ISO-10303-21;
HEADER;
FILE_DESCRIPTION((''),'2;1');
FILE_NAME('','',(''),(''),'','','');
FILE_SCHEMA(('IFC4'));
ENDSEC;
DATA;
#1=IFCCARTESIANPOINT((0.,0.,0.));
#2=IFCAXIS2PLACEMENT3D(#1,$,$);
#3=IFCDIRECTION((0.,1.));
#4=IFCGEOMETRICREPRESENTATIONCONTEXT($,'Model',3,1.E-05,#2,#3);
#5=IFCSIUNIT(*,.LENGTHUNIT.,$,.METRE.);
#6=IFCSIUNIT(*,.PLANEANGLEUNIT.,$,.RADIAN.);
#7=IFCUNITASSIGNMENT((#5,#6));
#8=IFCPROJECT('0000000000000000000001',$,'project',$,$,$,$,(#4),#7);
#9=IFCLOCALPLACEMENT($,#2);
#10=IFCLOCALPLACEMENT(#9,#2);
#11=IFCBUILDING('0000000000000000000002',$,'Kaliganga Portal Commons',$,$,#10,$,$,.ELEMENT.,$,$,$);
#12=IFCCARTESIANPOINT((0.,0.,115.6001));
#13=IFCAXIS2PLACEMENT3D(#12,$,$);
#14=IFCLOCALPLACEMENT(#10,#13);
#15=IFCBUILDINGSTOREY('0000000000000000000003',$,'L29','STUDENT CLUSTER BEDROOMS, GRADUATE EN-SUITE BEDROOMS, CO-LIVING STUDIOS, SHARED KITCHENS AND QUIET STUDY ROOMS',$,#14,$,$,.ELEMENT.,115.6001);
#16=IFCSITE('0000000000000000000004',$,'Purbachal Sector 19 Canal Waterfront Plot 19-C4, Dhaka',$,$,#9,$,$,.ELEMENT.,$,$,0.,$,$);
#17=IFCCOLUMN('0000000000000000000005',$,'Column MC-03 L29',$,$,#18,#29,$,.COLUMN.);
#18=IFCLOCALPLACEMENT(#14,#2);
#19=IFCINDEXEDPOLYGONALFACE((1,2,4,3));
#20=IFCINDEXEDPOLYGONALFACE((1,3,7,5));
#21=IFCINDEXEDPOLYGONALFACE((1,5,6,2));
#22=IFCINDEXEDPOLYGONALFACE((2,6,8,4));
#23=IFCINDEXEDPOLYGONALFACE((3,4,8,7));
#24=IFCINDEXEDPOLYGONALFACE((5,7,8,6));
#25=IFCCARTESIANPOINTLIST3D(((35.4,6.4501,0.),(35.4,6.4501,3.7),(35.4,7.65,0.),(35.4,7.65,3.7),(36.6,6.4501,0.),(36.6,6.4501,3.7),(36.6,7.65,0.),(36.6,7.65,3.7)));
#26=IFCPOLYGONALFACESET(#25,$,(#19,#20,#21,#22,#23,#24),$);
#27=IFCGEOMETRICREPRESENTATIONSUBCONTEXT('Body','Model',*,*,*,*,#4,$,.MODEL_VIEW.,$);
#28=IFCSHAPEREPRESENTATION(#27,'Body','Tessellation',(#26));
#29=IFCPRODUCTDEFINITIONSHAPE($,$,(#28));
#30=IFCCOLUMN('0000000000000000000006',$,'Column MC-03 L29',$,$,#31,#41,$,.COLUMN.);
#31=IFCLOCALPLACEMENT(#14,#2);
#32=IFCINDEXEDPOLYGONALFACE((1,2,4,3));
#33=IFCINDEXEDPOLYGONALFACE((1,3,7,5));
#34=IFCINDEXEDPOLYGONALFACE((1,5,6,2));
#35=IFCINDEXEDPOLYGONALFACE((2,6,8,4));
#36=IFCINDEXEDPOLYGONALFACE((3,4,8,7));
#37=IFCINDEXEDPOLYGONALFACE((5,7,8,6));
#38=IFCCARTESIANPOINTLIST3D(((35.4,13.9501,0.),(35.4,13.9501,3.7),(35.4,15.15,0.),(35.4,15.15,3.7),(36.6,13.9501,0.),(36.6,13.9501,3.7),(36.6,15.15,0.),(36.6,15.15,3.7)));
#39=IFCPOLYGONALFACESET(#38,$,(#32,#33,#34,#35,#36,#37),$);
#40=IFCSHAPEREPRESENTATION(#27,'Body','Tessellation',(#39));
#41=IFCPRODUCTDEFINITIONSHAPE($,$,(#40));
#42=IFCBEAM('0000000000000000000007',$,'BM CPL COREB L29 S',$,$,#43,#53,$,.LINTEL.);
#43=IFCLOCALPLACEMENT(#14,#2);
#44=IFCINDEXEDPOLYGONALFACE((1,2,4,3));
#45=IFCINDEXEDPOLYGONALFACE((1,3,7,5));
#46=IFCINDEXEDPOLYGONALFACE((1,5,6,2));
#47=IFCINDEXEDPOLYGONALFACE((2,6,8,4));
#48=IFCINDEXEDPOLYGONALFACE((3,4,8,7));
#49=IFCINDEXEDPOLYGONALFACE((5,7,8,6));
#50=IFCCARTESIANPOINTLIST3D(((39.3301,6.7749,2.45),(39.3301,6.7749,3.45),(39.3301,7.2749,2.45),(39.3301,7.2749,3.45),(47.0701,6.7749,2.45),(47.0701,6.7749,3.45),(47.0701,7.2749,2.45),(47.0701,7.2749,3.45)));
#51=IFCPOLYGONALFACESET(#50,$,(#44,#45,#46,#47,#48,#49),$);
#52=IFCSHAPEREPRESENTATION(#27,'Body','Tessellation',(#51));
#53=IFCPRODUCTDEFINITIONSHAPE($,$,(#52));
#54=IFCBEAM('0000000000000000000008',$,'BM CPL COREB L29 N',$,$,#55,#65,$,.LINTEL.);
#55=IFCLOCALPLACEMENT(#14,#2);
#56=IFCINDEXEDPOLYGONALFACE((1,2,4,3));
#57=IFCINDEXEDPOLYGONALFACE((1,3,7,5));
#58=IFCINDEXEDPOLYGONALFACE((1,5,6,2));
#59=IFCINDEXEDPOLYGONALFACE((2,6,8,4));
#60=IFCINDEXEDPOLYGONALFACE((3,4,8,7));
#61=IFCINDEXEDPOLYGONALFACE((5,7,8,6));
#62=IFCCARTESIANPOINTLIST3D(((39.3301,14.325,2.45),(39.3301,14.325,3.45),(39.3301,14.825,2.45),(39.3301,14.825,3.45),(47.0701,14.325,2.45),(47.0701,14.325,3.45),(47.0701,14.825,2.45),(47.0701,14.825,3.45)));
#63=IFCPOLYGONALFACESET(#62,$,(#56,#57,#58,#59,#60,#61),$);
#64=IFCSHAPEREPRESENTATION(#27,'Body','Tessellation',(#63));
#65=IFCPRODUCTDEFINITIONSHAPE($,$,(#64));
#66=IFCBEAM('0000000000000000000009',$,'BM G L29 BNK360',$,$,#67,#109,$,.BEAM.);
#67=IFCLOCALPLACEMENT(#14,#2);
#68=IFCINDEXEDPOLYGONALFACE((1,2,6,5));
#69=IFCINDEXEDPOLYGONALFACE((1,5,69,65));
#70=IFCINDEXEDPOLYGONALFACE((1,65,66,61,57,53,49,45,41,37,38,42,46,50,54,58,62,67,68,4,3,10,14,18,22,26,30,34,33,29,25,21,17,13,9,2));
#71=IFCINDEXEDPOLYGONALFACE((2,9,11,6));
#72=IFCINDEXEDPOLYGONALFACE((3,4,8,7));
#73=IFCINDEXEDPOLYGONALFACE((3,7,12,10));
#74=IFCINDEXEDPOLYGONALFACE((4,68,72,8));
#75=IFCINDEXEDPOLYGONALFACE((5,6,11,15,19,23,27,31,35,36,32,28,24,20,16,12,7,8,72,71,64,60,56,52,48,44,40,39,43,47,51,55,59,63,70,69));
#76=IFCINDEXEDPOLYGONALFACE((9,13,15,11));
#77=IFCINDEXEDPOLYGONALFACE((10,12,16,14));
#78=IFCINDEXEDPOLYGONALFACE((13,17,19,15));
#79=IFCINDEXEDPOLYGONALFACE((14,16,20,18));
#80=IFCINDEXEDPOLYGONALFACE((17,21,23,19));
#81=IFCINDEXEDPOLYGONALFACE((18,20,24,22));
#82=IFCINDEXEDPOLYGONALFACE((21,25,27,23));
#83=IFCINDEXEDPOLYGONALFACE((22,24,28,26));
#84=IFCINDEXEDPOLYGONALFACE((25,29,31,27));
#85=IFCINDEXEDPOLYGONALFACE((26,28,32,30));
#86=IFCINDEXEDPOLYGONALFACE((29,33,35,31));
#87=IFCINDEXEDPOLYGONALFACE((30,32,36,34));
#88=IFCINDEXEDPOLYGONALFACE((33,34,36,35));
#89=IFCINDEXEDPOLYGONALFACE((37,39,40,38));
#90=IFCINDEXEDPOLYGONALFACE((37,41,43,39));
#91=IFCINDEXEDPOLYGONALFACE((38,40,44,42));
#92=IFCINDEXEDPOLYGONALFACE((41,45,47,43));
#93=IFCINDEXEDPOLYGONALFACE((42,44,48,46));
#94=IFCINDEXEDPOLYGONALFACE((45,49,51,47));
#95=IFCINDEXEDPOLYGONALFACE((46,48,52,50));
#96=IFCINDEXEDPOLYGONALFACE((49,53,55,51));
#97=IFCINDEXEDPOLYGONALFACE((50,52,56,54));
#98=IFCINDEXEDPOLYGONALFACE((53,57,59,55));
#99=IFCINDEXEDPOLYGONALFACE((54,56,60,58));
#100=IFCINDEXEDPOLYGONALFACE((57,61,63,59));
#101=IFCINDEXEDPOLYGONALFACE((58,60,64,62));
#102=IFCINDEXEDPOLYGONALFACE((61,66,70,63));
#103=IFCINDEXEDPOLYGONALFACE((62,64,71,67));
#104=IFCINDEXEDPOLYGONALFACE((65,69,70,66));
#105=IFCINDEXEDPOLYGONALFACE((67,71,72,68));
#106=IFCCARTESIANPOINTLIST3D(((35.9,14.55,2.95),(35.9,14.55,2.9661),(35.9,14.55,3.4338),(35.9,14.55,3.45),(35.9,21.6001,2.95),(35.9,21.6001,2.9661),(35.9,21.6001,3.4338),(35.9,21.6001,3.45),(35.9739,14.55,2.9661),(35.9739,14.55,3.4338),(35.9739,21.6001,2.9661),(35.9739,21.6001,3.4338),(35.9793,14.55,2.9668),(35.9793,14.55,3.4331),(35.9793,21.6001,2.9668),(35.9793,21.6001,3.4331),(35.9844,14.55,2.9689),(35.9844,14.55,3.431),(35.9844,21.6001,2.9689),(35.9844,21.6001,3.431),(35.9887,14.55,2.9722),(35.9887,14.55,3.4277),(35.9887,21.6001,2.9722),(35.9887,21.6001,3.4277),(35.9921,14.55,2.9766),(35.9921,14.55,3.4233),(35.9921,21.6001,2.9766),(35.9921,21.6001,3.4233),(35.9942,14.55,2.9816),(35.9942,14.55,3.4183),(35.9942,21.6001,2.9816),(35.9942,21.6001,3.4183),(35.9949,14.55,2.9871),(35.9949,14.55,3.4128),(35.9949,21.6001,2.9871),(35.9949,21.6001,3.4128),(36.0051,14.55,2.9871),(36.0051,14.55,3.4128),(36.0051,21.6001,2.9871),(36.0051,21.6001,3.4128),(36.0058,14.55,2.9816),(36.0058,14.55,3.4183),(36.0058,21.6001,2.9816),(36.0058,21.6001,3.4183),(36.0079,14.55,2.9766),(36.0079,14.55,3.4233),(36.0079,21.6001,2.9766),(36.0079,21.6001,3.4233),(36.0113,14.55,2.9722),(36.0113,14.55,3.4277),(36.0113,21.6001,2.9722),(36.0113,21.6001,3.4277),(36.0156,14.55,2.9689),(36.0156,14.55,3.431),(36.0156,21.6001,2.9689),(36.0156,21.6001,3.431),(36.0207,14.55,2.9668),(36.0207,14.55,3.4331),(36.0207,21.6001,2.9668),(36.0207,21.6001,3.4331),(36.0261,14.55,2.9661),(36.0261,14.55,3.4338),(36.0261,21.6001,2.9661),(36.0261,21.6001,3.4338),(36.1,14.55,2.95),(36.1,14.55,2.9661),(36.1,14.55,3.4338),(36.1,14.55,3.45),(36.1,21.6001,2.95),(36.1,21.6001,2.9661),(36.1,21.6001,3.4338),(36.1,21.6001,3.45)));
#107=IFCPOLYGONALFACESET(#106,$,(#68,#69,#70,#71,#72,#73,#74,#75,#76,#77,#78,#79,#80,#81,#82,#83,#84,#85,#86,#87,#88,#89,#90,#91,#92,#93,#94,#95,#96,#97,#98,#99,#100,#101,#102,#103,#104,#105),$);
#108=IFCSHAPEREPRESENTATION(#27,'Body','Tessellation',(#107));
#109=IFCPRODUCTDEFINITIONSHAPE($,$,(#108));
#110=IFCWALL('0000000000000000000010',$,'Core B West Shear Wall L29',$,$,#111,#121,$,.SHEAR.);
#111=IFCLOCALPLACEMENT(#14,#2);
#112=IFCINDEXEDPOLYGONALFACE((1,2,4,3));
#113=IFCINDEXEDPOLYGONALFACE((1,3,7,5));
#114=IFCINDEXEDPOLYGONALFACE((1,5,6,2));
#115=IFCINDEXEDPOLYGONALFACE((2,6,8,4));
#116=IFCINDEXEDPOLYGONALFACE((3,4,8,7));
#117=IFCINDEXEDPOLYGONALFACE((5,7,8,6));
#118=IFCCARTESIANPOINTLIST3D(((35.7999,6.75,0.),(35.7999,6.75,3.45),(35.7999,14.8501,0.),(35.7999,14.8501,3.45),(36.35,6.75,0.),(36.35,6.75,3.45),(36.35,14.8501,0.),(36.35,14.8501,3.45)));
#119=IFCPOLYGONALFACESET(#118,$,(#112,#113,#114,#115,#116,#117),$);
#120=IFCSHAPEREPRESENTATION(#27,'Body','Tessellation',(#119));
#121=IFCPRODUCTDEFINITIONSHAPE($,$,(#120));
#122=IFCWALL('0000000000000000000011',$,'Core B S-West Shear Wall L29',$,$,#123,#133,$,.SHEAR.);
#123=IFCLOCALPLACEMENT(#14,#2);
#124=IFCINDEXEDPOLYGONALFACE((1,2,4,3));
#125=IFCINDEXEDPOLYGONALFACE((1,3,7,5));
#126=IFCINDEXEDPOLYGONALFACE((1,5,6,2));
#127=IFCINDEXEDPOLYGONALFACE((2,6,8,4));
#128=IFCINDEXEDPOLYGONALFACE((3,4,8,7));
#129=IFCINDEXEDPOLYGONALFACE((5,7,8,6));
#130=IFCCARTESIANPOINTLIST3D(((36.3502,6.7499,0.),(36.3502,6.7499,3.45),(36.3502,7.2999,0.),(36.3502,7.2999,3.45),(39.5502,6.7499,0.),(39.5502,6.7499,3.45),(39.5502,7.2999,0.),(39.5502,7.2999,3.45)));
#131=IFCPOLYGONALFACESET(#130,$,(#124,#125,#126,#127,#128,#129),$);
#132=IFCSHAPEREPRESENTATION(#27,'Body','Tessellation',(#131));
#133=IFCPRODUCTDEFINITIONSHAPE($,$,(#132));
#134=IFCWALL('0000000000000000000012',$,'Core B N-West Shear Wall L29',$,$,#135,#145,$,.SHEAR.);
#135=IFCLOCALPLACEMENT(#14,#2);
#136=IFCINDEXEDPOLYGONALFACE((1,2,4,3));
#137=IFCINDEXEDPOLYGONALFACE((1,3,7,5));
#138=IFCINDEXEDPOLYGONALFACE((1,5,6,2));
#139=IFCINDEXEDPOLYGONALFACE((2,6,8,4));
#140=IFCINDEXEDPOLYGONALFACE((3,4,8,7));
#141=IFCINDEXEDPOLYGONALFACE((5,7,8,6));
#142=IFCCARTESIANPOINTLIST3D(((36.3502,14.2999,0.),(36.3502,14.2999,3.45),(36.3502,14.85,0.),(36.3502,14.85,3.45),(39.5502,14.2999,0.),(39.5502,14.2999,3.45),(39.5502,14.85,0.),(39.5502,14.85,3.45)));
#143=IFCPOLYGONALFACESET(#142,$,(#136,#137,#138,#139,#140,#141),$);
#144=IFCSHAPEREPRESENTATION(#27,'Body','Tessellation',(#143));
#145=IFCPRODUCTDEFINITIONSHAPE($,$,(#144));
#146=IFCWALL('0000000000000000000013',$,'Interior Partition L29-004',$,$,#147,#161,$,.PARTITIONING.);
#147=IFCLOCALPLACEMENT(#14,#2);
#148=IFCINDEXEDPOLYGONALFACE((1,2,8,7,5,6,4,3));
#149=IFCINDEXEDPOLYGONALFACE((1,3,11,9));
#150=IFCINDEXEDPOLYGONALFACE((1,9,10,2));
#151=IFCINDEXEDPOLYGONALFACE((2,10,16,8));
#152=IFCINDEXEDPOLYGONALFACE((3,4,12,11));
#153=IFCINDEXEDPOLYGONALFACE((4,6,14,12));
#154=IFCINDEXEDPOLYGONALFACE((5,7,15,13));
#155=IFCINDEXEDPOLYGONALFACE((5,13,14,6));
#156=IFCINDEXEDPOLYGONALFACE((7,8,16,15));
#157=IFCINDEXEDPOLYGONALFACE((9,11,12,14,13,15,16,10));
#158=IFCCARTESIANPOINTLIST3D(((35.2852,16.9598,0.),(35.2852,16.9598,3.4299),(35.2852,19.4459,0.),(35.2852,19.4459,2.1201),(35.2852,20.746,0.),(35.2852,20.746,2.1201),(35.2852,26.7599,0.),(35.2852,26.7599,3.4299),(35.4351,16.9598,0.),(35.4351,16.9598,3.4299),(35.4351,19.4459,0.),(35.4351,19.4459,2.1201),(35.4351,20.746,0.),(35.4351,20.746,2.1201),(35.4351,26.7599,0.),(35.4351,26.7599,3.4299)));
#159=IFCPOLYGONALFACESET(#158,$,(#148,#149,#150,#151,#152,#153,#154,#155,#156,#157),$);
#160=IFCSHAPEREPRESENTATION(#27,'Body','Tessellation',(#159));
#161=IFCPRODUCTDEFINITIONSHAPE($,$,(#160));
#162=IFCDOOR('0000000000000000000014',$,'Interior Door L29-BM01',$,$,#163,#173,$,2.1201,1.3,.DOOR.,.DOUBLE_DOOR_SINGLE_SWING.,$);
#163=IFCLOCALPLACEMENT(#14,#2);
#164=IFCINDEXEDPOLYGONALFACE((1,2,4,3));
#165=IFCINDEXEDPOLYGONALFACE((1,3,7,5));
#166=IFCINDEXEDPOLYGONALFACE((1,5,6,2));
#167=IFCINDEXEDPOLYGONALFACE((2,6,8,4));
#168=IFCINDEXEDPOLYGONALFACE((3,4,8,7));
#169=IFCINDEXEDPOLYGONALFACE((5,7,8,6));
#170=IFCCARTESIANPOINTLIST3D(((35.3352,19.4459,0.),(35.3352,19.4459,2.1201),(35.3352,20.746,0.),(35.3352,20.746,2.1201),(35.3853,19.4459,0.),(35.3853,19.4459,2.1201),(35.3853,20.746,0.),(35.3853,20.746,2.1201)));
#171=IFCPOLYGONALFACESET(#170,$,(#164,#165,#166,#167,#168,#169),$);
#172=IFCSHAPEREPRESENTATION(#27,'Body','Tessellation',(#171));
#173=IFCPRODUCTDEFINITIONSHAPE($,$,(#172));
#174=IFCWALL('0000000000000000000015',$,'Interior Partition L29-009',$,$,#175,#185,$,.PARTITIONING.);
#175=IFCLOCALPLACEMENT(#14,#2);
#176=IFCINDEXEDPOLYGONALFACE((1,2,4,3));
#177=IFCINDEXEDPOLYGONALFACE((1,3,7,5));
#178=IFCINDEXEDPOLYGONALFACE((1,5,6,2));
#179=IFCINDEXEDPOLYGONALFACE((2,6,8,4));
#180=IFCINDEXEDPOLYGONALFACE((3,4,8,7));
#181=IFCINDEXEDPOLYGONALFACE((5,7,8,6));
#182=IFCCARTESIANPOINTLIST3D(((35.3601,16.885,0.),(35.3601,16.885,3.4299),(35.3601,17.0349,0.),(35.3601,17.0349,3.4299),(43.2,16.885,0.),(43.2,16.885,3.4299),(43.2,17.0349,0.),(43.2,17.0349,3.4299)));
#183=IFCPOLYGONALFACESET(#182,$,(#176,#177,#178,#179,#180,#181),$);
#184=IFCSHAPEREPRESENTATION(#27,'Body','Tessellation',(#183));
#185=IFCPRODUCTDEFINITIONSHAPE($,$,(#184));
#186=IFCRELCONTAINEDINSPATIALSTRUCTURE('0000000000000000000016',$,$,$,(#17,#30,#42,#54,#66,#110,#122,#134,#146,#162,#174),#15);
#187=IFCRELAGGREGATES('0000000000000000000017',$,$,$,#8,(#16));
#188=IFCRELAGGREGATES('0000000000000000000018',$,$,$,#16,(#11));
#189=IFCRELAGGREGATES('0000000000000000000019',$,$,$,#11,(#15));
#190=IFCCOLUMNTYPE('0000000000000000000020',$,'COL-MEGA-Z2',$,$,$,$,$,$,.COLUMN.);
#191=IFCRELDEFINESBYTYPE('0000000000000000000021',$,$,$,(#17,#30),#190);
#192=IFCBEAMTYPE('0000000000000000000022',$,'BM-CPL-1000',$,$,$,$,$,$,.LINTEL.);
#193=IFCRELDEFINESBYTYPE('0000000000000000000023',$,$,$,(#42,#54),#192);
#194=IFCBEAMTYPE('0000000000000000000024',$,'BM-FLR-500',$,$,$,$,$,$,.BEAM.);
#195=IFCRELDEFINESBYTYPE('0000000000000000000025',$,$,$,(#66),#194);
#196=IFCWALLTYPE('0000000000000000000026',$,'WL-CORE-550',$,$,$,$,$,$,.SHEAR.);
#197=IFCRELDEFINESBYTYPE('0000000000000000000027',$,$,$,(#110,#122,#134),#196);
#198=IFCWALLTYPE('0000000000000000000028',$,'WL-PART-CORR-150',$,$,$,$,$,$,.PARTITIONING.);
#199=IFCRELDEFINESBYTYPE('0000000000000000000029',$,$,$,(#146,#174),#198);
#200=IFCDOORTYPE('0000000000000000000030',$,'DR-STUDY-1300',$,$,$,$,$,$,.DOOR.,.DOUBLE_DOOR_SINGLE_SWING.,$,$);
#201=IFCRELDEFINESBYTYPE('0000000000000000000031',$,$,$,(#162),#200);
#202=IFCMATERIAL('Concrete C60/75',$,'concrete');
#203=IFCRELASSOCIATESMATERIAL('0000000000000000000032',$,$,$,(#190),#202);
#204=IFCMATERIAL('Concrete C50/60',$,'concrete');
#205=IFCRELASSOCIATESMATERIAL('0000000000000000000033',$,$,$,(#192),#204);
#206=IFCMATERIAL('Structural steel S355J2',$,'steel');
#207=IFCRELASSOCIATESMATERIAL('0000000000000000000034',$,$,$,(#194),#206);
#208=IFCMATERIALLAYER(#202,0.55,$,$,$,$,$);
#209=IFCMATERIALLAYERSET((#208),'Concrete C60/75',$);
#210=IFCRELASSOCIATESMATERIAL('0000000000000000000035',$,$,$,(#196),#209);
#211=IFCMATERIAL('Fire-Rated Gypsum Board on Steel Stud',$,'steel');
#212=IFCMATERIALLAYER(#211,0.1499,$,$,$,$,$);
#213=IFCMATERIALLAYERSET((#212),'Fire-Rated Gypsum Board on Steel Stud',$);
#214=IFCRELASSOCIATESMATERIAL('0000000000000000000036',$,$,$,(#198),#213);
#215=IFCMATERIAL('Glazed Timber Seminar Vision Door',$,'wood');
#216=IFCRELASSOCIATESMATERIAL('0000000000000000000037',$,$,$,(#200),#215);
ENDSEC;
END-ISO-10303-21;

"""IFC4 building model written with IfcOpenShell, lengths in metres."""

from ifc_helpers import new_model, si_unit, direction, frame, frame_2d, origin, origin_2d, place, context, subcontext, project, spatial, rectangle, i_section, extrude, source, transform, mapped, material, layer, layer_set, material_profile, profile_set, type_object, element, fill, save


model = new_model("IFC4")

# Units and contexts
model_context = context("Model", 3, precision=1e-05, world=origin(), true_north=direction((0.0, 1.0)))
body_context = subcontext(model_context, "Body", "Model", "MODEL_VIEW")
ifc_project = project(units=[si_unit("LENGTHUNIT", "METRE"), si_unit("PLANEANGLEUNIT", "RADIAN")], contexts=[model_context])

# Site, building, storey
site_placement = place(None, origin())
site = spatial("IfcSite", under=ifc_project, at=site_placement, Name="Purbachal Sector 19 Canal Waterfront Plot 19-C4, Dhaka", CompositionType="ELEMENT", RefElevation=0.0)
building_placement = place(site_placement, origin())
building = spatial("IfcBuilding", under=site, at=building_placement, Name="Kaliganga Portal Commons", CompositionType="ELEMENT")
storey_placement = place(building_placement, frame((0.0, 0.0, 115.6001)))
storey = spatial("IfcBuildingStorey", under=building, at=storey_placement, Name="L29", Description="STUDENT CLUSTER BEDROOMS, GRADUATE EN-SUITE BEDROOMS, CO-LIVING STUDIOS, SHARED KITCHENS AND QUIET STUDY ROOMS", CompositionType="ELEMENT", Elevation=115.6001)

# Columns
ifc_material_1 = material(Name="Concrete C60/75", Category="concrete")
ifc_material_profile_1 = material_profile(ifc_material_1, rectangle(XDim=1.2, YDim=1.2, at=origin_2d()), Name="RC 1200x1200")
ifc_profile_set_1 = profile_set([ifc_material_profile_1], Name="Concrete C60/75")
column_type = type_object("IfcColumnType", Name="COL-MEGA-Z2", PredefinedType="COLUMN", material=ifc_profile_set_1)
shared_shape_1 = source(origin(), body_context, "Body", "SweptSolid", [
    extrude(rectangle(XDim=1.2, YDim=1.2, at=origin_2d()), origin(), (0.0, 0.0, 1.0), 3.7),
])
for number, where, z_axis, x_axis, name in (
    (1, (36.0, 7.05, 0.0), (0.0, 0.0, 1.0), (1.0, 0.0, 0.0), "Column MC-03 L29"),
    (2, (36.0, 14.55, 0.0), (0.0, 0.0, 1.0), (1.0, 0.0, 0.0), "Column MC-03 L29"),
):
    element("IfcColumn", number, at=place(storey_placement, frame(where, z_axis=z_axis, x_axis=x_axis)), inside=storey, type_object=column_type, Name=name, PredefinedType="COLUMN", context=body_context, shape_type="MappedRepresentation", body=[
        mapped(shared_shape_1, transform((0.0, 0.0, 0.0), x_axis=(1.0, 0.0, 0.0), y_axis=(0.0, 1.0, 0.0), z_axis=(0.0, 0.0, 1.0), scale=1.0)),
    ])

# Beams
ifc_material_2 = material(Name="Concrete C50/60", Category="concrete")
ifc_material_profile_2 = material_profile(ifc_material_2, rectangle(XDim=0.5, YDim=1.0, at=origin_2d()), Name="RC 500x1000")
ifc_profile_set_2 = profile_set([ifc_material_profile_2], Name="Concrete C50/60")
beam_type_1 = type_object("IfcBeamType", Name="BM-CPL-1000", PredefinedType="LINTEL", material=ifc_profile_set_2)
shared_shape_2 = source(origin(), body_context, "Body", "SweptSolid", [
    extrude(rectangle(XDim=0.5, YDim=1.0, at=origin_2d()), origin(), (0.0, 0.0, 1.0), 7.74),
])
for number, where, z_axis, x_axis, name in (
    (3, (39.3301, 7.0249, 2.95), (1.0, 0.0, 0.0), (0.0, 1.0, 0.0), "BM CPL COREB L29 S"),
    (4, (39.3301, 14.575, 2.95), (1.0, 0.0, 0.0), (0.0, 1.0, 0.0), "BM CPL COREB L29 N"),
):
    element("IfcBeam", number, at=place(storey_placement, frame(where, z_axis=z_axis, x_axis=x_axis)), inside=storey, type_object=beam_type_1, Name=name, PredefinedType="LINTEL", context=body_context, shape_type="MappedRepresentation", body=[
        mapped(shared_shape_2, transform((0.0, 0.0, 0.0), x_axis=(1.0, 0.0, 0.0), y_axis=(0.0, 1.0, 0.0), z_axis=(0.0, 0.0, 1.0), scale=1.0)),
    ])
ifc_material_3 = material(Name="Structural steel S355J2", Category="steel")
ifc_material_profile_3 = material_profile(ifc_material_3, i_section(OverallWidth=0.2, OverallDepth=0.5, WebThickness=0.0103, FlangeThickness=0.0161, FilletRadius=0.021, at=origin_2d()), Name="IPE 500")
ifc_profile_set_3 = profile_set([ifc_material_profile_3], Name="Structural steel S355J2 wide-flange")
beam_type_2 = type_object("IfcBeamType", Name="BM-FLR-500", PredefinedType="BEAM", material=ifc_profile_set_3)
shared_shape_3 = source(origin(), body_context, "Body", "SweptSolid", [
    extrude(i_section(OverallWidth=0.2, OverallDepth=0.5, WebThickness=0.0103, FlangeThickness=0.0161, FilletRadius=0.021, at=origin_2d()), origin(), (0.0, 0.0, 1.0), 7.05),
])
beam_placement = place(storey_placement, frame((36.0, 14.55, 3.2), z_axis=(0.0, 1.0, 0.0), x_axis=(-1.0, 0.0, 0.0)))
element("IfcBeam", 5, at=beam_placement, inside=storey, type_object=beam_type_2, Name="BM G L29 BNK360", PredefinedType="BEAM", context=body_context, shape_type="MappedRepresentation", body=[
    mapped(shared_shape_3, transform((0.0, 0.0, 0.0), x_axis=(1.0, 0.0, 0.0), y_axis=(0.0, 1.0, 0.0), z_axis=(0.0, 0.0, 1.0), scale=1.0)),
])

# Walls
ifc_layer_1 = layer(ifc_material_1, 0.55)
ifc_layer_set_1 = layer_set([ifc_layer_1], Name="Concrete C60/75")
wall_type_1 = type_object("IfcWallType", Name="WL-CORE-550", PredefinedType="SHEAR", material=ifc_layer_set_1)
wall_1_placement = place(storey_placement, frame((36.075, 6.75, 0.0), z_axis=(0.0, 0.0, 1.0), x_axis=(0.0, 1.0, 0.0)))
element("IfcWall", 6, at=wall_1_placement, inside=storey, type_object=wall_type_1, Name="Core B West Shear Wall L29", PredefinedType="SHEAR", context=body_context, shape_type="SweptSolid", body=[
    extrude(rectangle(XDim=8.1001, YDim=0.55, at=frame_2d((4.05, 0.0))), origin(), (0.0, 0.0, 1.0), 3.45),
])
for number, where, z_axis, x_axis, name in (
    (7, (36.3501, 7.0249, 0.0), (0.0, 0.0, 1.0), (1.0, 0.0, 0.0), "Core B S-West Shear Wall L29"),
    (8, (36.3501, 14.575, 0.0), (0.0, 0.0, 1.0), (1.0, 0.0, 0.0), "Core B N-West Shear Wall L29"),
):
    element("IfcWall", number, at=place(storey_placement, frame(where, z_axis=z_axis, x_axis=x_axis)), inside=storey, type_object=wall_type_1, Name=name, PredefinedType="SHEAR", context=body_context, shape_type="SweptSolid", body=[
        extrude(rectangle(XDim=3.2, YDim=0.55, at=frame_2d((1.6001, 0.0))), origin(), (0.0, 0.0, 1.0), 3.45),
    ])

# Wall, opening, door
ifc_material_4 = material(Name="Fire-Rated Gypsum Board on Steel Stud", Category="steel")
ifc_layer_2 = layer(ifc_material_4, 0.1499)
ifc_layer_set_2 = layer_set([ifc_layer_2], Name="Fire-Rated Gypsum Board on Steel Stud")
wall_type_2 = type_object("IfcWallType", Name="WL-PART-CORR-150", PredefinedType="PARTITIONING", material=ifc_layer_set_2)
wall_2_placement = place(storey_placement, frame((35.3601, 16.96, 0.0), z_axis=(0.0, 0.0, 1.0), x_axis=(0.0, 1.0, 0.0)))
wall_2 = element("IfcWall", 9, at=wall_2_placement, inside=storey, type_object=wall_type_2, Name="Interior Partition L29-004", PredefinedType="PARTITIONING", context=body_context, shape_type="SweptSolid", body=[
    extrude(rectangle(XDim=9.8, YDim=0.1499, at=frame_2d((4.8999, 0.0))), origin(), (0.0, 0.0, 1.0), 3.4299),
])
opening_1_placement = place(wall_2_placement, frame((2.4861, 0.0, 0.0)))
opening_1 = element("IfcOpeningElement", 10, at=opening_1_placement, cuts=wall_2, PredefinedType="OPENING", context=body_context, shape_type="SweptSolid", body=[
    extrude(rectangle(XDim=1.3, YDim=2.1201, at=frame_2d((0.6499, 1.0601))), frame((0.0, 0.085, 0.0), z_axis=(0.0, -1.0, 0.0), x_axis=(1.0, 0.0, 0.0)), (0.0, 0.0, 1.0), 0.1699),
])
ifc_material_5 = material(Name="Glazed Timber Seminar Vision Door", Category="wood")
door_type = type_object("IfcDoorType", Name="DR-STUDY-1300", OperationType="DOUBLE_DOOR_SINGLE_SWING", PredefinedType="DOOR", material=ifc_material_5)
door_1_placement = place(opening_1_placement, origin())
door_1 = element("IfcDoor", 11, at=door_1_placement, inside=storey, type_object=door_type, Name="Interior Door L29-BM01", OperationType="DOUBLE_DOOR_SINGLE_SWING", OverallHeight=2.1201, OverallWidth=1.3, PredefinedType="DOOR", context=body_context, shape_type="SweptSolid", body=[
    extrude(rectangle(XDim=1.3, YDim=2.1201, at=frame_2d((0.6499, 1.0601))), frame((0.0, 0.0249, 0.0), z_axis=(0.0, -1.0, 0.0), x_axis=(1.0, 0.0, 0.0)), (0.0, 0.0, 1.0), 0.05),
])
fill(opening_1, door_1)

# Wall
wall_3_placement = place(storey_placement, frame((35.3601, 16.96, 0.0), z_axis=(0.0, 0.0, 1.0), x_axis=(1.0, 0.0, 0.0)))
element("IfcWall", 12, at=wall_3_placement, inside=storey, type_object=wall_type_2, Name="Interior Partition L29-009", PredefinedType="PARTITIONING", context=body_context, shape_type="SweptSolid", body=[
    extrude(rectangle(XDim=7.8398, YDim=0.1499, at=frame_2d((3.9199, 0.0))), origin(), (0.0, 0.0, 1.0), 3.4299),
])

save(model, "model.ifc")
